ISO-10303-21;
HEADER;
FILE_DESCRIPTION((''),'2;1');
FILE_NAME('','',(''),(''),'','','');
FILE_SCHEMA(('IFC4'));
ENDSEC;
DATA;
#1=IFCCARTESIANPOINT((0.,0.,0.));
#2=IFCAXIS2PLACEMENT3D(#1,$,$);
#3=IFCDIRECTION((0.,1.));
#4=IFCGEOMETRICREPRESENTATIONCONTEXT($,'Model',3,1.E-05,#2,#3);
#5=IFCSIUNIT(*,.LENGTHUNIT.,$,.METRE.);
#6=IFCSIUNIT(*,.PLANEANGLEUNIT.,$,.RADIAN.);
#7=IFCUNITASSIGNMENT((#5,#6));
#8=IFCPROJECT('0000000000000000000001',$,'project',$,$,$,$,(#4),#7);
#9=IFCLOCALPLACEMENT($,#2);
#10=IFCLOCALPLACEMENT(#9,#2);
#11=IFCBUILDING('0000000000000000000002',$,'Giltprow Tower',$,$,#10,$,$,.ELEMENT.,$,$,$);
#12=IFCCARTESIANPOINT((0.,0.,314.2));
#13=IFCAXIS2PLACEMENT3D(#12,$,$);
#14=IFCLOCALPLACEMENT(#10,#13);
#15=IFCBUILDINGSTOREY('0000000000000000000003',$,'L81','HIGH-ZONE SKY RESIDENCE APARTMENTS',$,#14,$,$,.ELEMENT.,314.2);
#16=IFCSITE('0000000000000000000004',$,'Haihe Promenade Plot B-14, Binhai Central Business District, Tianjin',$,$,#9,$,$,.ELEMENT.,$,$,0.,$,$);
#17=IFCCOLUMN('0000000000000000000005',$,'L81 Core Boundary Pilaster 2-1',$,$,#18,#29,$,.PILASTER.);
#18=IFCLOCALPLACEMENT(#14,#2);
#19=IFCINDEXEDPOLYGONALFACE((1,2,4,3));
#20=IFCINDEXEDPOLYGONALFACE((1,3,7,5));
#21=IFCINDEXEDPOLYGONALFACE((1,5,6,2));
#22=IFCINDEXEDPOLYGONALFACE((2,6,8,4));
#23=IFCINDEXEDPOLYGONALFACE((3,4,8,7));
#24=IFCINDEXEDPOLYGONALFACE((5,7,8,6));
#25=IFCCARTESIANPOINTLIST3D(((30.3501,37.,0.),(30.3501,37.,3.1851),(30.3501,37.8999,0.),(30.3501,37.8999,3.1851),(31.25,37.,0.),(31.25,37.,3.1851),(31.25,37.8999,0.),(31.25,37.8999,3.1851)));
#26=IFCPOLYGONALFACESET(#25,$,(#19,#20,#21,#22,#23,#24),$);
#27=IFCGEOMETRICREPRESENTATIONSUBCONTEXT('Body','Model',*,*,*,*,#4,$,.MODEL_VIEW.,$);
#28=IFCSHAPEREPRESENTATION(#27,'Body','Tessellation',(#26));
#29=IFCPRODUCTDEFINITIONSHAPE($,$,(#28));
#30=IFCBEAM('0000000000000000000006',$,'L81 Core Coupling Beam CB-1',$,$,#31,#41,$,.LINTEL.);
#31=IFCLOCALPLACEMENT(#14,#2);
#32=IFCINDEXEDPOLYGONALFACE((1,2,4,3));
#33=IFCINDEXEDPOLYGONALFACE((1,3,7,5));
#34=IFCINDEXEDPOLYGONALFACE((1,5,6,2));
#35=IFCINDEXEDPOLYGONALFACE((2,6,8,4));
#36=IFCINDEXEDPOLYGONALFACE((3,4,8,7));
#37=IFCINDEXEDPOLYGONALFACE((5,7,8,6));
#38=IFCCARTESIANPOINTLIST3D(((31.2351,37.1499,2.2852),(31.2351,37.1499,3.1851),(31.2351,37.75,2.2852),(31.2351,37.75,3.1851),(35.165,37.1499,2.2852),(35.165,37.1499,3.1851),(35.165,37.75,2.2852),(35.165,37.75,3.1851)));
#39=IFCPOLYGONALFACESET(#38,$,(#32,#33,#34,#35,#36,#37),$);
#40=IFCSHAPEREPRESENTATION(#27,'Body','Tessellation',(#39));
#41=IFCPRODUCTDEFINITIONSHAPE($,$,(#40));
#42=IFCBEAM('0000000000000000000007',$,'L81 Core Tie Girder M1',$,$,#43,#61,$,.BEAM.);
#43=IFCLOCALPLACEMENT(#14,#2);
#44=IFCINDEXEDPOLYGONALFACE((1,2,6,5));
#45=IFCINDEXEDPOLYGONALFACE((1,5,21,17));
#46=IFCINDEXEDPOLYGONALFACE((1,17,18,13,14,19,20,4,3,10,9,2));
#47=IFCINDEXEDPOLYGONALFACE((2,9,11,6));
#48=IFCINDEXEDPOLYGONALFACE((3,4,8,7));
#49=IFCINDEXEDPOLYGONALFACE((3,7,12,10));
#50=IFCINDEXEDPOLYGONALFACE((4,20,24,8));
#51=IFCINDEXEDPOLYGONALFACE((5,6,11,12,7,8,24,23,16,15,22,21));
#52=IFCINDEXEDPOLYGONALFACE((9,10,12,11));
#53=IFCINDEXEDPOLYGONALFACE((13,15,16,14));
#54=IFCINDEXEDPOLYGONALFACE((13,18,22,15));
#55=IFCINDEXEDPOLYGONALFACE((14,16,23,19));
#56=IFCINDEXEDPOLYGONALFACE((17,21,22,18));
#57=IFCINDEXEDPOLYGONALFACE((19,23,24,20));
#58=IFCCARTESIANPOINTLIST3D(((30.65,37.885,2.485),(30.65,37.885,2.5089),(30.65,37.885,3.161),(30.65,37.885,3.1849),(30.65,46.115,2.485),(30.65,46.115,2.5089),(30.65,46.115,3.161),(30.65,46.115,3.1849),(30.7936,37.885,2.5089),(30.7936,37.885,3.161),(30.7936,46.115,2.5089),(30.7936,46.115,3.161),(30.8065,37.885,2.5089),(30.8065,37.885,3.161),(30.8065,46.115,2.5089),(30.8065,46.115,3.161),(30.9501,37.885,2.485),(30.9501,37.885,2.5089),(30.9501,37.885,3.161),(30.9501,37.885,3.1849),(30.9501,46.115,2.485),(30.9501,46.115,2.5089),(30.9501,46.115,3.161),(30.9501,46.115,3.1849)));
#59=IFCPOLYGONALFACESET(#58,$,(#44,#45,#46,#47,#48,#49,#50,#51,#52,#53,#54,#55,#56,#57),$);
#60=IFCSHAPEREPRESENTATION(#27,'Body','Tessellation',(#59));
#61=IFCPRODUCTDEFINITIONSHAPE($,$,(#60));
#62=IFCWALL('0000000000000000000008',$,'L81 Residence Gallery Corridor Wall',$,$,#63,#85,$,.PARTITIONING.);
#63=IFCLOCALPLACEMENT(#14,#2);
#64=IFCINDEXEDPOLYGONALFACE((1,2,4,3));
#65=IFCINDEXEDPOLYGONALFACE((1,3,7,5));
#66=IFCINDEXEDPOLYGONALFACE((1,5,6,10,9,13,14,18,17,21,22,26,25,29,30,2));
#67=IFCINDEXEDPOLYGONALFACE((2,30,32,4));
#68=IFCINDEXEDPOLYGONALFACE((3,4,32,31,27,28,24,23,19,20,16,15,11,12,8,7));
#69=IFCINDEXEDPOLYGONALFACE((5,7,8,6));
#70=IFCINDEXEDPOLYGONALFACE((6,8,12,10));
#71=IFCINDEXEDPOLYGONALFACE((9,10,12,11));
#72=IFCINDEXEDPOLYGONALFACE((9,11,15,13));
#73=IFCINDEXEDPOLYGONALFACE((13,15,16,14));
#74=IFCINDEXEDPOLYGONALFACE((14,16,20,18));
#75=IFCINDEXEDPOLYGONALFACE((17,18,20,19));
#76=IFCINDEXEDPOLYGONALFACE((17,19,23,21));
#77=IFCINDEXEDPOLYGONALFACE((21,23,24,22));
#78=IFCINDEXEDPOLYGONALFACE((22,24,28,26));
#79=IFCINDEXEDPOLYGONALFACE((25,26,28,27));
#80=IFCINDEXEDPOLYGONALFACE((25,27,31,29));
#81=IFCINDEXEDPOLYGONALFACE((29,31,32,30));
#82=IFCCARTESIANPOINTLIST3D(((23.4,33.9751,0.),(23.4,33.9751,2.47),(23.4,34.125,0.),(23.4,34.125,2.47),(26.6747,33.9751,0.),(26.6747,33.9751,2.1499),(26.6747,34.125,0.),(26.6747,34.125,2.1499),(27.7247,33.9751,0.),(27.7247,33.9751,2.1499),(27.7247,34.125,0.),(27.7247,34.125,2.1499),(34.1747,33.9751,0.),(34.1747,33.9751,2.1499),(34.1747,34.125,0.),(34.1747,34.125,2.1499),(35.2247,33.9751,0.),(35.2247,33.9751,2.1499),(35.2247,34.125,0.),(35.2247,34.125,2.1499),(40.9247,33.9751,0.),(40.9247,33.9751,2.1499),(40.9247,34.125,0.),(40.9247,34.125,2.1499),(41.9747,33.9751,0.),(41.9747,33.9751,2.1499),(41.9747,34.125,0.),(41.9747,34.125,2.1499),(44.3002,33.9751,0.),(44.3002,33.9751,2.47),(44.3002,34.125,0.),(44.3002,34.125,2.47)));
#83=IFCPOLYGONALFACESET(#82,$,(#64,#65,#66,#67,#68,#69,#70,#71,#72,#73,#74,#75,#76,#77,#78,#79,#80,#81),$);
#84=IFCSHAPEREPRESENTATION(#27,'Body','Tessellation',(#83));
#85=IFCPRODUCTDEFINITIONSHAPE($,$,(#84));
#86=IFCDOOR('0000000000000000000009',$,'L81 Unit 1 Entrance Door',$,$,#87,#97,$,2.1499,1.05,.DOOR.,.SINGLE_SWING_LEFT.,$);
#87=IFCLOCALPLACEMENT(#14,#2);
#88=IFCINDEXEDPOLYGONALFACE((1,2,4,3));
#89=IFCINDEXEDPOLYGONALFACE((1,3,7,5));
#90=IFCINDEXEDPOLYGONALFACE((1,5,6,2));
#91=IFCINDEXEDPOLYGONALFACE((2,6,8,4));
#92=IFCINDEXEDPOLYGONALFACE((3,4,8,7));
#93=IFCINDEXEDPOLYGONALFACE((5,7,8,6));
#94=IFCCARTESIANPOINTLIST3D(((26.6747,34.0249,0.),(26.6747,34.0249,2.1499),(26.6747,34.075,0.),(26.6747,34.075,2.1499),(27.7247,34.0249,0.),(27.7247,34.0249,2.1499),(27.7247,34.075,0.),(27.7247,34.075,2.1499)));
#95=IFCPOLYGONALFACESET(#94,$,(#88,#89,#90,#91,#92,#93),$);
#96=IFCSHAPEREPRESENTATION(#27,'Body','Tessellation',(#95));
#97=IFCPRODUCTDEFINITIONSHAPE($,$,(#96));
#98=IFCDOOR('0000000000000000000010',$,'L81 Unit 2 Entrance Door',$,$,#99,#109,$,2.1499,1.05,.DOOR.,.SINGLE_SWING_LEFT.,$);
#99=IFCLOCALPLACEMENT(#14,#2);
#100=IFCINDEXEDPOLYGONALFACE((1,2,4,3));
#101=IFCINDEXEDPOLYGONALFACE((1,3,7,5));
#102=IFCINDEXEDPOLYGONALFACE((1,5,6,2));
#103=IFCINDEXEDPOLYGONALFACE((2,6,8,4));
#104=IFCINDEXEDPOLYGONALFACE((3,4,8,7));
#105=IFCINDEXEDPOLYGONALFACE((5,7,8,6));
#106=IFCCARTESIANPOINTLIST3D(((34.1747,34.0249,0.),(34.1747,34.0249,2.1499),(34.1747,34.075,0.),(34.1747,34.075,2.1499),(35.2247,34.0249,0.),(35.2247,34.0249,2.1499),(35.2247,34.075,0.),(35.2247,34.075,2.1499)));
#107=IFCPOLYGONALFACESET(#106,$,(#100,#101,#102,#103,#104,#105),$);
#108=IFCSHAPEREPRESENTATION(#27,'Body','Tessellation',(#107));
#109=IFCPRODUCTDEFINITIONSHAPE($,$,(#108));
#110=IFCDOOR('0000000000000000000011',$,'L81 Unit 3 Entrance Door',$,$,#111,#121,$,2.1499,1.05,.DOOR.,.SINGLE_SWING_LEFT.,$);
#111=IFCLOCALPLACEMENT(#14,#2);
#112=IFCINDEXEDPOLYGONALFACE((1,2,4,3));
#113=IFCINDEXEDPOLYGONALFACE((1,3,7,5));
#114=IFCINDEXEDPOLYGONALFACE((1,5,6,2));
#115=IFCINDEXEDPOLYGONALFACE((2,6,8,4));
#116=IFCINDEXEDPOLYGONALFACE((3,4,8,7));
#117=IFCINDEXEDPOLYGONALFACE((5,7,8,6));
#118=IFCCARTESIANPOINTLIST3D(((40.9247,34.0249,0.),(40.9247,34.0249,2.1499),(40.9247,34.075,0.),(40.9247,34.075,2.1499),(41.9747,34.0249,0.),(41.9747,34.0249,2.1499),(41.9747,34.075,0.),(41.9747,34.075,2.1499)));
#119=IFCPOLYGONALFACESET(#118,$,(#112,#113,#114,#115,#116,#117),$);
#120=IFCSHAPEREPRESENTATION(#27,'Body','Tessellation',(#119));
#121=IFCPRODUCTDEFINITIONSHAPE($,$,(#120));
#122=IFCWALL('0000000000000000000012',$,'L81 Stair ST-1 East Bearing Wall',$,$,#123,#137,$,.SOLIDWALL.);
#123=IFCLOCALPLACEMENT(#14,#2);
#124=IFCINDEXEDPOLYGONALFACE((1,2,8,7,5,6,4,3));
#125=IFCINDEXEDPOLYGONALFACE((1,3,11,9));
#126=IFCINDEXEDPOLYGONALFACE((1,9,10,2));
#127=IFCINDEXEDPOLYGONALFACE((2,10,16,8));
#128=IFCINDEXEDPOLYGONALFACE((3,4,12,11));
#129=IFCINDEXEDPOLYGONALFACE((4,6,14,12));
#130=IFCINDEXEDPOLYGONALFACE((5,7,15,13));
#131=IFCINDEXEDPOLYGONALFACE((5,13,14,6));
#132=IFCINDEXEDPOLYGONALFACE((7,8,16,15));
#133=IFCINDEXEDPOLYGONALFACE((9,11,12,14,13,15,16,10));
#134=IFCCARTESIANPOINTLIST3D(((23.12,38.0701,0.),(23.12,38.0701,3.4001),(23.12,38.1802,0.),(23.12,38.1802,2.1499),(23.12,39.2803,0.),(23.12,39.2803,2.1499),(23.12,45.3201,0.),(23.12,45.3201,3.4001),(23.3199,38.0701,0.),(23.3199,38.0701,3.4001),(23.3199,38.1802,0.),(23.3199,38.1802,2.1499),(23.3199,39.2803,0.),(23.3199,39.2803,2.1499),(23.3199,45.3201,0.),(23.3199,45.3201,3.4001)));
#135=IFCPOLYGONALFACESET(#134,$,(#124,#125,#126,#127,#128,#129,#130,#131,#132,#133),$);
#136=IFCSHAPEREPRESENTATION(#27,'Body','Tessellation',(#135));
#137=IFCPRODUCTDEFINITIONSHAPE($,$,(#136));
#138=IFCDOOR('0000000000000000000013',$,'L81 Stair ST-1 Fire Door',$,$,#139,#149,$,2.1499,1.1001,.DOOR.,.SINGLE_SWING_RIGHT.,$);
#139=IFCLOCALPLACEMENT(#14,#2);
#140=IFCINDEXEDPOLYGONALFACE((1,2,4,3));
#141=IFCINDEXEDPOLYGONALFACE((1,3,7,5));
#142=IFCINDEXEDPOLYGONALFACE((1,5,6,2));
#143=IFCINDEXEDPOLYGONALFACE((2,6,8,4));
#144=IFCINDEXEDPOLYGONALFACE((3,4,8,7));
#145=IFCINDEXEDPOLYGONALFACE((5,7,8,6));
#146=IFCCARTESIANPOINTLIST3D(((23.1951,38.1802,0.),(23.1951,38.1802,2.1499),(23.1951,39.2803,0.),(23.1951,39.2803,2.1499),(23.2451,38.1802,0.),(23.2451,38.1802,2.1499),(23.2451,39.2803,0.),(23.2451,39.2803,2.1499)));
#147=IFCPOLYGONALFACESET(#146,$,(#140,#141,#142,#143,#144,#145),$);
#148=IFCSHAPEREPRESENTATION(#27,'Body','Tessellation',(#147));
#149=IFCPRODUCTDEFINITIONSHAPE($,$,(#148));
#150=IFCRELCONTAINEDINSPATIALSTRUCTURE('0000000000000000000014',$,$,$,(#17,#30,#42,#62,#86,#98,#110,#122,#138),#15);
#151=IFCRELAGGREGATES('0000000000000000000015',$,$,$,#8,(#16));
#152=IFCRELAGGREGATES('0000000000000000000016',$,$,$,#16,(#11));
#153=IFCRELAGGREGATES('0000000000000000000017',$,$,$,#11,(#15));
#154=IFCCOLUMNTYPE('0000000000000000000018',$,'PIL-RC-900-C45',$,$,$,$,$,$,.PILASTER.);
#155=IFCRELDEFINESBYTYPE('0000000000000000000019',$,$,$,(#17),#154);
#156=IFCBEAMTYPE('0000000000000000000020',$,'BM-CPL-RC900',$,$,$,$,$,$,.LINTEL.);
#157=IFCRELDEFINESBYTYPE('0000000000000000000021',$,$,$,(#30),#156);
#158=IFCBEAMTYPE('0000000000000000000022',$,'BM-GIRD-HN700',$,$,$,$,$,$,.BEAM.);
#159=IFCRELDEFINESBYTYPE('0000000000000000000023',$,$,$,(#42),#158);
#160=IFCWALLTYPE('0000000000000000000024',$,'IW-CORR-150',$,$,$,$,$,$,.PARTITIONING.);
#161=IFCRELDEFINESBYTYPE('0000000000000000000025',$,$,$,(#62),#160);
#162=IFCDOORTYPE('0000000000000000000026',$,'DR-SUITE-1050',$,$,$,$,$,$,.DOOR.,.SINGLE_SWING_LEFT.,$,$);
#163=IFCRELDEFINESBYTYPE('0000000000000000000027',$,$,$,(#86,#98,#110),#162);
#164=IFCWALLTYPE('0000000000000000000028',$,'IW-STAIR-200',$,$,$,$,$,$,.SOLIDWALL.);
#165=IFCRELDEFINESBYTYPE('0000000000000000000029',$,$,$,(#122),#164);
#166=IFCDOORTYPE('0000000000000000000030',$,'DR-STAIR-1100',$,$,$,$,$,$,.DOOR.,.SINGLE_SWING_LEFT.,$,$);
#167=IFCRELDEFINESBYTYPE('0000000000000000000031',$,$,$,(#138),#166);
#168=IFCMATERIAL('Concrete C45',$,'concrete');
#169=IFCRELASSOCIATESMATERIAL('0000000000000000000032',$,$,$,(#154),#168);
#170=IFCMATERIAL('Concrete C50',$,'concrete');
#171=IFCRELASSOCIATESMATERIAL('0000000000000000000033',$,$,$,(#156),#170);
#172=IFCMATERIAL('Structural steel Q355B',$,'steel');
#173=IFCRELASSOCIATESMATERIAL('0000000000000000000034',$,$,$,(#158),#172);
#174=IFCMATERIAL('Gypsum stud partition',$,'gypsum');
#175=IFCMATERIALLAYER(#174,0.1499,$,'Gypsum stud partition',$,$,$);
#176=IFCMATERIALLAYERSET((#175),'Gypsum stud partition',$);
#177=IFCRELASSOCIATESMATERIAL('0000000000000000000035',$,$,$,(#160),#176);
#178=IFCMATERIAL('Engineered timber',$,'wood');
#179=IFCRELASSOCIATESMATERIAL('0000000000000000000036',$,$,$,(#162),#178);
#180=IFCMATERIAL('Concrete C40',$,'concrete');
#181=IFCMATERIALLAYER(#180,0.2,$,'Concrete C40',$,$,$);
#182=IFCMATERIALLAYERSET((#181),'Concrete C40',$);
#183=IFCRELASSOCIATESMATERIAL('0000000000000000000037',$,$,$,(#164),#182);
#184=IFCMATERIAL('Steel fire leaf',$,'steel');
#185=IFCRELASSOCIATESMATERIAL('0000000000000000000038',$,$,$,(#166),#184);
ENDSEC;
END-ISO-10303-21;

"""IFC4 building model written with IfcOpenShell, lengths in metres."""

from ifc_helpers import new_model, si_unit, direction, frame, frame_2d, origin, origin_2d, place, context, subcontext, project, spatial, rectangle, i_section, extrude, source, transform, mapped, material, layer, layer_set, material_profile, profile_set, type_object, element, fill, save


model = new_model("IFC4")

# Units and contexts
model_context = context("Model", 3, precision=1e-05, world=origin(), true_north=direction((0.0, 1.0)))
body_context = subcontext(model_context, "Body", "Model", "MODEL_VIEW")
ifc_project = project(units=[si_unit("LENGTHUNIT", "METRE"), si_unit("PLANEANGLEUNIT", "RADIAN")], contexts=[model_context])

# Site, building, storey
site_placement = place(None, origin())
site = spatial("IfcSite", under=ifc_project, at=site_placement, Name="Haihe Promenade Plot B-14, Binhai Central Business District, Tianjin", CompositionType="ELEMENT", RefElevation=0.0)
building_placement = place(site_placement, origin())
building = spatial("IfcBuilding", under=site, at=building_placement, Name="Giltprow Tower", CompositionType="ELEMENT")
storey_placement = place(building_placement, frame((0.0, 0.0, 314.2)))
storey = spatial("IfcBuildingStorey", under=building, at=storey_placement, Name="L81", Description="HIGH-ZONE SKY RESIDENCE APARTMENTS", CompositionType="ELEMENT", Elevation=314.2)

# Column
ifc_material_1 = material(Name="Concrete C45", Category="concrete")
ifc_material_profile_1 = material_profile(ifc_material_1, rectangle(XDim=0.8999, YDim=0.8999, at=origin_2d()), Name="RC 900x900")
ifc_profile_set_1 = profile_set([ifc_material_profile_1], Name="Concrete C45")
column_type = type_object("IfcColumnType", Name="PIL-RC-900-C45", PredefinedType="PILASTER", material=ifc_profile_set_1)
shared_shape_1 = source(origin(), body_context, "Body", "SweptSolid", [
    extrude(rectangle(XDim=0.8999, YDim=0.8999, at=origin_2d()), origin(), (0.0, 0.0, 1.0), 3.1851),
])
column_placement = place(storey_placement, frame((30.8, 37.45, 0.0), z_axis=(0.0, 0.0, 1.0), x_axis=(1.0, 0.0, 0.0)))
element("IfcColumn", 1, at=column_placement, inside=storey, type_object=column_type, Name="L81 Core Boundary Pilaster 2-1", PredefinedType="PILASTER", context=body_context, shape_type="MappedRepresentation", body=[
    mapped(shared_shape_1, transform((0.0, 0.0, 0.0), x_axis=(1.0, 0.0, 0.0), y_axis=(0.0, 1.0, 0.0), z_axis=(0.0, 0.0, 1.0), scale=1.0)),
])

# Beams
ifc_material_2 = material(Name="Concrete C50", Category="concrete")
ifc_material_profile_2 = material_profile(ifc_material_2, rectangle(XDim=0.6001, YDim=0.8999, at=origin_2d()), Name="RC 900x600")
ifc_profile_set_2 = profile_set([ifc_material_profile_2], Name="Concrete C50")
beam_type_1 = type_object("IfcBeamType", Name="BM-CPL-RC900", PredefinedType="LINTEL", material=ifc_profile_set_2)
shared_shape_2 = source(origin(), body_context, "Body", "SweptSolid", [
    extrude(rectangle(XDim=0.6001, YDim=0.8999, at=origin_2d()), origin(), (0.0, 0.0, 1.0), 3.9299),
])
beam_1_placement = place(storey_placement, frame((31.2351, 37.45, 2.7351), z_axis=(1.0, 0.0, 0.0), x_axis=(0.0, 1.0, 0.0)))
element("IfcBeam", 2, at=beam_1_placement, inside=storey, type_object=beam_type_1, Name="L81 Core Coupling Beam CB-1", PredefinedType="LINTEL", context=body_context, shape_type="MappedRepresentation", body=[
    mapped(shared_shape_2, transform((0.0, 0.0, 0.0), x_axis=(1.0, 0.0, 0.0), y_axis=(0.0, 1.0, 0.0), z_axis=(0.0, 0.0, 1.0), scale=1.0)),
])
ifc_material_3 = material(Name="Structural steel Q355B", Category="steel")
ifc_material_profile_3 = material_profile(ifc_material_3, i_section(OverallWidth=0.3, OverallDepth=0.7, WebThickness=0.0129, FlangeThickness=0.0239, at=origin_2d()), Name="HN 700x300x13x24")
ifc_profile_set_3 = profile_set([ifc_material_profile_3], Name="Structural steel Q355B")
beam_type_2 = type_object("IfcBeamType", Name="BM-GIRD-HN700", PredefinedType="BEAM", material=ifc_profile_set_3)
shared_shape_3 = source(origin(), body_context, "Body", "SweptSolid", [
    extrude(i_section(OverallWidth=0.3, OverallDepth=0.7, WebThickness=0.0129, FlangeThickness=0.0239, at=origin_2d()), origin(), (0.0, 0.0, 1.0), 8.23),
])
beam_2_placement = place(storey_placement, frame((30.8, 37.885, 2.835), z_axis=(0.0, 1.0, 0.0), x_axis=(-1.0, 0.0, 0.0)))
element("IfcBeam", 3, at=beam_2_placement, inside=storey, type_object=beam_type_2, Name="L81 Core Tie Girder M1", PredefinedType="BEAM", context=body_context, shape_type="MappedRepresentation", body=[
    mapped(shared_shape_3, transform((0.0, 0.0, 0.0), x_axis=(1.0, 0.0, 0.0), y_axis=(0.0, 1.0, 0.0), z_axis=(0.0, 0.0, 1.0), scale=1.0)),
])

# Wall, openings, doors
ifc_material_4 = material(Name="Gypsum stud partition", Category="gypsum")
ifc_layer_1 = layer(ifc_material_4, 0.1499, Name="Gypsum stud partition")
ifc_layer_set_1 = layer_set([ifc_layer_1], Name="Gypsum stud partition")
wall_type_1 = type_object("IfcWallType", Name="IW-CORR-150", PredefinedType="PARTITIONING", material=ifc_layer_set_1)
wall_1_placement = place(storey_placement, frame((23.3999, 34.05, 0.0), z_axis=(0.0, 0.0, 1.0), x_axis=(1.0, 0.0, 0.0)))
wall_1 = element("IfcWall", 4, at=wall_1_placement, inside=storey, type_object=wall_type_1, Name="L81 Residence Gallery Corridor Wall", PredefinedType="PARTITIONING", context=body_context, shape_type="SweptSolid", body=[
    extrude(rectangle(XDim=20.9001, YDim=0.1499, at=frame_2d((10.4502, 0.0))), origin(), (0.0, 0.0, 1.0), 2.47),
])
opening_1_placement = place(wall_1_placement, frame((3.2749, 0.0, 0.0)))
opening_1 = element("IfcOpeningElement", 5, at=opening_1_placement, cuts=wall_1, PredefinedType="OPENING", context=body_context, shape_type="SweptSolid", body=[
    extrude(rectangle(XDim=1.05, YDim=2.1499, at=frame_2d((0.5249, 1.075))), frame((0.0, 0.085, 0.0), z_axis=(0.0, -1.0, 0.0), x_axis=(1.0, 0.0, 0.0)), (0.0, 0.0, 1.0), 0.1699),
])
opening_2_placement = place(wall_1_placement, frame((10.7749, 0.0, 0.0)))
opening_2 = element("IfcOpeningElement", 6, at=opening_2_placement, cuts=wall_1, PredefinedType="OPENING", context=body_context, shape_type="SweptSolid", body=[
    extrude(rectangle(XDim=1.05, YDim=2.1499, at=frame_2d((0.5249, 1.075))), frame((0.0, 0.085, 0.0), z_axis=(0.0, -1.0, 0.0), x_axis=(1.0, 0.0, 0.0)), (0.0, 0.0, 1.0), 0.1699),
])
opening_3_placement = place(wall_1_placement, frame((17.5249, 0.0, 0.0)))
opening_3 = element("IfcOpeningElement", 7, at=opening_3_placement, cuts=wall_1, PredefinedType="OPENING", context=body_context, shape_type="SweptSolid", body=[
    extrude(rectangle(XDim=1.05, YDim=2.1499, at=frame_2d((0.5249, 1.075))), frame((0.0, 0.085, 0.0), z_axis=(0.0, -1.0, 0.0), x_axis=(1.0, 0.0, 0.0)), (0.0, 0.0, 1.0), 0.1699),
])
ifc_material_5 = material(Name="Engineered timber", Category="wood")
door_type_1 = type_object("IfcDoorType", Name="DR-SUITE-1050", OperationType="SINGLE_SWING_LEFT", PredefinedType="DOOR", material=ifc_material_5)
shared_shape_4 = source(origin(), body_context, "Body", "SweptSolid", [
    extrude(rectangle(XDim=1.05, YDim=2.1499, at=frame_2d((0.5249, 1.075))), frame((0.0, 0.0249, 0.0), z_axis=(0.0, -1.0, 0.0), x_axis=(1.0, 0.0, 0.0)), (0.0, 0.0, 1.0), 0.05),
])
door_1_placement = place(opening_1_placement, origin())
door_1 = element("IfcDoor", 8, at=door_1_placement, inside=storey, type_object=door_type_1, Name="L81 Unit 1 Entrance Door", OperationType="SINGLE_SWING_LEFT", OverallHeight=2.1499, OverallWidth=1.05, PredefinedType="DOOR", context=body_context, shape_type="MappedRepresentation", body=[
    mapped(shared_shape_4, transform((0.0, 0.0, 0.0), x_axis=(1.0, 0.0, 0.0), y_axis=(0.0, 1.0, 0.0), z_axis=(0.0, 0.0, 1.0), scale=1.0)),
])
fill(opening_1, door_1)
door_2_placement = place(opening_2_placement, origin())
door_2 = element("IfcDoor", 9, at=door_2_placement, inside=storey, type_object=door_type_1, Name="L81 Unit 2 Entrance Door", OperationType="SINGLE_SWING_LEFT", OverallHeight=2.1499, OverallWidth=1.05, PredefinedType="DOOR", context=body_context, shape_type="MappedRepresentation", body=[
    mapped(shared_shape_4, transform((0.0, 0.0, 0.0), x_axis=(1.0, 0.0, 0.0), y_axis=(0.0, 1.0, 0.0), z_axis=(0.0, 0.0, 1.0), scale=1.0)),
])
fill(opening_2, door_2)
door_3_placement = place(opening_3_placement, origin())
door_3 = element("IfcDoor", 10, at=door_3_placement, inside=storey, type_object=door_type_1, Name="L81 Unit 3 Entrance Door", OperationType="SINGLE_SWING_LEFT", OverallHeight=2.1499, OverallWidth=1.05, PredefinedType="DOOR", context=body_context, shape_type="MappedRepresentation", body=[
    mapped(shared_shape_4, transform((0.0, 0.0, 0.0), x_axis=(1.0, 0.0, 0.0), y_axis=(0.0, 1.0, 0.0), z_axis=(0.0, 0.0, 1.0), scale=1.0)),
])
fill(opening_3, door_3)

# Wall, opening, door
ifc_material_6 = material(Name="Concrete C40", Category="concrete")
ifc_layer_2 = layer(ifc_material_6, 0.2, Name="Concrete C40")
ifc_layer_set_2 = layer_set([ifc_layer_2], Name="Concrete C40")
wall_type_2 = type_object("IfcWallType", Name="IW-STAIR-200", PredefinedType="SOLIDWALL", material=ifc_layer_set_2)
wall_2_placement = place(storey_placement, frame((23.22, 38.0701, 0.0), z_axis=(0.0, 0.0, 1.0), x_axis=(0.0, 1.0, 0.0)))
wall_2 = element("IfcWall", 11, at=wall_2_placement, inside=storey, type_object=wall_type_2, Name="L81 Stair ST-1 East Bearing Wall", PredefinedType="SOLIDWALL", context=body_context, shape_type="SweptSolid", body=[
    extrude(rectangle(XDim=7.25, YDim=0.2, at=frame_2d((3.625, 0.0))), origin(), (0.0, 0.0, 1.0), 3.4001),
])
opening_4_placement = place(wall_2_placement, frame((0.1101, 0.0, 0.0)))
opening_4 = element("IfcOpeningElement", 12, at=opening_4_placement, cuts=wall_2, PredefinedType="OPENING", context=body_context, shape_type="SweptSolid", body=[
    extrude(rectangle(XDim=1.1001, YDim=2.1499, at=frame_2d((0.55, 1.075))), frame((0.0, 0.1099, 0.0), z_axis=(0.0, -1.0, 0.0), x_axis=(1.0, 0.0, 0.0)), (0.0, 0.0, 1.0), 0.22),
])
ifc_material_7 = material(Name="Steel fire leaf", Category="steel")
door_type_2 = type_object("IfcDoorType", Name="DR-STAIR-1100", OperationType="SINGLE_SWING_LEFT", PredefinedType="DOOR", material=ifc_material_7)
shared_shape_5 = source(origin(), body_context, "Body", "SweptSolid", [
    extrude(rectangle(XDim=1.1001, YDim=2.1499, at=frame_2d((0.55, 1.075))), frame((0.0, 0.0249, 0.0), z_axis=(0.0, -1.0, 0.0), x_axis=(1.0, 0.0, 0.0)), (0.0, 0.0, 1.0), 0.05),
])
door_4_placement = place(opening_4_placement, origin())
door_4 = element("IfcDoor", 13, at=door_4_placement, inside=storey, type_object=door_type_2, Name="L81 Stair ST-1 Fire Door", OperationType="SINGLE_SWING_RIGHT", OverallHeight=2.1499, OverallWidth=1.1001, PredefinedType="DOOR", context=body_context, shape_type="MappedRepresentation", body=[
    mapped(shared_shape_5, transform((0.0, 0.0, 0.0), x_axis=(1.0, 0.0, 0.0), y_axis=(0.0, 1.0, 0.0), z_axis=(0.0, 0.0, 1.0), scale=1.0)),
])
fill(opening_4, door_4)

save(model, "model.ifc")
